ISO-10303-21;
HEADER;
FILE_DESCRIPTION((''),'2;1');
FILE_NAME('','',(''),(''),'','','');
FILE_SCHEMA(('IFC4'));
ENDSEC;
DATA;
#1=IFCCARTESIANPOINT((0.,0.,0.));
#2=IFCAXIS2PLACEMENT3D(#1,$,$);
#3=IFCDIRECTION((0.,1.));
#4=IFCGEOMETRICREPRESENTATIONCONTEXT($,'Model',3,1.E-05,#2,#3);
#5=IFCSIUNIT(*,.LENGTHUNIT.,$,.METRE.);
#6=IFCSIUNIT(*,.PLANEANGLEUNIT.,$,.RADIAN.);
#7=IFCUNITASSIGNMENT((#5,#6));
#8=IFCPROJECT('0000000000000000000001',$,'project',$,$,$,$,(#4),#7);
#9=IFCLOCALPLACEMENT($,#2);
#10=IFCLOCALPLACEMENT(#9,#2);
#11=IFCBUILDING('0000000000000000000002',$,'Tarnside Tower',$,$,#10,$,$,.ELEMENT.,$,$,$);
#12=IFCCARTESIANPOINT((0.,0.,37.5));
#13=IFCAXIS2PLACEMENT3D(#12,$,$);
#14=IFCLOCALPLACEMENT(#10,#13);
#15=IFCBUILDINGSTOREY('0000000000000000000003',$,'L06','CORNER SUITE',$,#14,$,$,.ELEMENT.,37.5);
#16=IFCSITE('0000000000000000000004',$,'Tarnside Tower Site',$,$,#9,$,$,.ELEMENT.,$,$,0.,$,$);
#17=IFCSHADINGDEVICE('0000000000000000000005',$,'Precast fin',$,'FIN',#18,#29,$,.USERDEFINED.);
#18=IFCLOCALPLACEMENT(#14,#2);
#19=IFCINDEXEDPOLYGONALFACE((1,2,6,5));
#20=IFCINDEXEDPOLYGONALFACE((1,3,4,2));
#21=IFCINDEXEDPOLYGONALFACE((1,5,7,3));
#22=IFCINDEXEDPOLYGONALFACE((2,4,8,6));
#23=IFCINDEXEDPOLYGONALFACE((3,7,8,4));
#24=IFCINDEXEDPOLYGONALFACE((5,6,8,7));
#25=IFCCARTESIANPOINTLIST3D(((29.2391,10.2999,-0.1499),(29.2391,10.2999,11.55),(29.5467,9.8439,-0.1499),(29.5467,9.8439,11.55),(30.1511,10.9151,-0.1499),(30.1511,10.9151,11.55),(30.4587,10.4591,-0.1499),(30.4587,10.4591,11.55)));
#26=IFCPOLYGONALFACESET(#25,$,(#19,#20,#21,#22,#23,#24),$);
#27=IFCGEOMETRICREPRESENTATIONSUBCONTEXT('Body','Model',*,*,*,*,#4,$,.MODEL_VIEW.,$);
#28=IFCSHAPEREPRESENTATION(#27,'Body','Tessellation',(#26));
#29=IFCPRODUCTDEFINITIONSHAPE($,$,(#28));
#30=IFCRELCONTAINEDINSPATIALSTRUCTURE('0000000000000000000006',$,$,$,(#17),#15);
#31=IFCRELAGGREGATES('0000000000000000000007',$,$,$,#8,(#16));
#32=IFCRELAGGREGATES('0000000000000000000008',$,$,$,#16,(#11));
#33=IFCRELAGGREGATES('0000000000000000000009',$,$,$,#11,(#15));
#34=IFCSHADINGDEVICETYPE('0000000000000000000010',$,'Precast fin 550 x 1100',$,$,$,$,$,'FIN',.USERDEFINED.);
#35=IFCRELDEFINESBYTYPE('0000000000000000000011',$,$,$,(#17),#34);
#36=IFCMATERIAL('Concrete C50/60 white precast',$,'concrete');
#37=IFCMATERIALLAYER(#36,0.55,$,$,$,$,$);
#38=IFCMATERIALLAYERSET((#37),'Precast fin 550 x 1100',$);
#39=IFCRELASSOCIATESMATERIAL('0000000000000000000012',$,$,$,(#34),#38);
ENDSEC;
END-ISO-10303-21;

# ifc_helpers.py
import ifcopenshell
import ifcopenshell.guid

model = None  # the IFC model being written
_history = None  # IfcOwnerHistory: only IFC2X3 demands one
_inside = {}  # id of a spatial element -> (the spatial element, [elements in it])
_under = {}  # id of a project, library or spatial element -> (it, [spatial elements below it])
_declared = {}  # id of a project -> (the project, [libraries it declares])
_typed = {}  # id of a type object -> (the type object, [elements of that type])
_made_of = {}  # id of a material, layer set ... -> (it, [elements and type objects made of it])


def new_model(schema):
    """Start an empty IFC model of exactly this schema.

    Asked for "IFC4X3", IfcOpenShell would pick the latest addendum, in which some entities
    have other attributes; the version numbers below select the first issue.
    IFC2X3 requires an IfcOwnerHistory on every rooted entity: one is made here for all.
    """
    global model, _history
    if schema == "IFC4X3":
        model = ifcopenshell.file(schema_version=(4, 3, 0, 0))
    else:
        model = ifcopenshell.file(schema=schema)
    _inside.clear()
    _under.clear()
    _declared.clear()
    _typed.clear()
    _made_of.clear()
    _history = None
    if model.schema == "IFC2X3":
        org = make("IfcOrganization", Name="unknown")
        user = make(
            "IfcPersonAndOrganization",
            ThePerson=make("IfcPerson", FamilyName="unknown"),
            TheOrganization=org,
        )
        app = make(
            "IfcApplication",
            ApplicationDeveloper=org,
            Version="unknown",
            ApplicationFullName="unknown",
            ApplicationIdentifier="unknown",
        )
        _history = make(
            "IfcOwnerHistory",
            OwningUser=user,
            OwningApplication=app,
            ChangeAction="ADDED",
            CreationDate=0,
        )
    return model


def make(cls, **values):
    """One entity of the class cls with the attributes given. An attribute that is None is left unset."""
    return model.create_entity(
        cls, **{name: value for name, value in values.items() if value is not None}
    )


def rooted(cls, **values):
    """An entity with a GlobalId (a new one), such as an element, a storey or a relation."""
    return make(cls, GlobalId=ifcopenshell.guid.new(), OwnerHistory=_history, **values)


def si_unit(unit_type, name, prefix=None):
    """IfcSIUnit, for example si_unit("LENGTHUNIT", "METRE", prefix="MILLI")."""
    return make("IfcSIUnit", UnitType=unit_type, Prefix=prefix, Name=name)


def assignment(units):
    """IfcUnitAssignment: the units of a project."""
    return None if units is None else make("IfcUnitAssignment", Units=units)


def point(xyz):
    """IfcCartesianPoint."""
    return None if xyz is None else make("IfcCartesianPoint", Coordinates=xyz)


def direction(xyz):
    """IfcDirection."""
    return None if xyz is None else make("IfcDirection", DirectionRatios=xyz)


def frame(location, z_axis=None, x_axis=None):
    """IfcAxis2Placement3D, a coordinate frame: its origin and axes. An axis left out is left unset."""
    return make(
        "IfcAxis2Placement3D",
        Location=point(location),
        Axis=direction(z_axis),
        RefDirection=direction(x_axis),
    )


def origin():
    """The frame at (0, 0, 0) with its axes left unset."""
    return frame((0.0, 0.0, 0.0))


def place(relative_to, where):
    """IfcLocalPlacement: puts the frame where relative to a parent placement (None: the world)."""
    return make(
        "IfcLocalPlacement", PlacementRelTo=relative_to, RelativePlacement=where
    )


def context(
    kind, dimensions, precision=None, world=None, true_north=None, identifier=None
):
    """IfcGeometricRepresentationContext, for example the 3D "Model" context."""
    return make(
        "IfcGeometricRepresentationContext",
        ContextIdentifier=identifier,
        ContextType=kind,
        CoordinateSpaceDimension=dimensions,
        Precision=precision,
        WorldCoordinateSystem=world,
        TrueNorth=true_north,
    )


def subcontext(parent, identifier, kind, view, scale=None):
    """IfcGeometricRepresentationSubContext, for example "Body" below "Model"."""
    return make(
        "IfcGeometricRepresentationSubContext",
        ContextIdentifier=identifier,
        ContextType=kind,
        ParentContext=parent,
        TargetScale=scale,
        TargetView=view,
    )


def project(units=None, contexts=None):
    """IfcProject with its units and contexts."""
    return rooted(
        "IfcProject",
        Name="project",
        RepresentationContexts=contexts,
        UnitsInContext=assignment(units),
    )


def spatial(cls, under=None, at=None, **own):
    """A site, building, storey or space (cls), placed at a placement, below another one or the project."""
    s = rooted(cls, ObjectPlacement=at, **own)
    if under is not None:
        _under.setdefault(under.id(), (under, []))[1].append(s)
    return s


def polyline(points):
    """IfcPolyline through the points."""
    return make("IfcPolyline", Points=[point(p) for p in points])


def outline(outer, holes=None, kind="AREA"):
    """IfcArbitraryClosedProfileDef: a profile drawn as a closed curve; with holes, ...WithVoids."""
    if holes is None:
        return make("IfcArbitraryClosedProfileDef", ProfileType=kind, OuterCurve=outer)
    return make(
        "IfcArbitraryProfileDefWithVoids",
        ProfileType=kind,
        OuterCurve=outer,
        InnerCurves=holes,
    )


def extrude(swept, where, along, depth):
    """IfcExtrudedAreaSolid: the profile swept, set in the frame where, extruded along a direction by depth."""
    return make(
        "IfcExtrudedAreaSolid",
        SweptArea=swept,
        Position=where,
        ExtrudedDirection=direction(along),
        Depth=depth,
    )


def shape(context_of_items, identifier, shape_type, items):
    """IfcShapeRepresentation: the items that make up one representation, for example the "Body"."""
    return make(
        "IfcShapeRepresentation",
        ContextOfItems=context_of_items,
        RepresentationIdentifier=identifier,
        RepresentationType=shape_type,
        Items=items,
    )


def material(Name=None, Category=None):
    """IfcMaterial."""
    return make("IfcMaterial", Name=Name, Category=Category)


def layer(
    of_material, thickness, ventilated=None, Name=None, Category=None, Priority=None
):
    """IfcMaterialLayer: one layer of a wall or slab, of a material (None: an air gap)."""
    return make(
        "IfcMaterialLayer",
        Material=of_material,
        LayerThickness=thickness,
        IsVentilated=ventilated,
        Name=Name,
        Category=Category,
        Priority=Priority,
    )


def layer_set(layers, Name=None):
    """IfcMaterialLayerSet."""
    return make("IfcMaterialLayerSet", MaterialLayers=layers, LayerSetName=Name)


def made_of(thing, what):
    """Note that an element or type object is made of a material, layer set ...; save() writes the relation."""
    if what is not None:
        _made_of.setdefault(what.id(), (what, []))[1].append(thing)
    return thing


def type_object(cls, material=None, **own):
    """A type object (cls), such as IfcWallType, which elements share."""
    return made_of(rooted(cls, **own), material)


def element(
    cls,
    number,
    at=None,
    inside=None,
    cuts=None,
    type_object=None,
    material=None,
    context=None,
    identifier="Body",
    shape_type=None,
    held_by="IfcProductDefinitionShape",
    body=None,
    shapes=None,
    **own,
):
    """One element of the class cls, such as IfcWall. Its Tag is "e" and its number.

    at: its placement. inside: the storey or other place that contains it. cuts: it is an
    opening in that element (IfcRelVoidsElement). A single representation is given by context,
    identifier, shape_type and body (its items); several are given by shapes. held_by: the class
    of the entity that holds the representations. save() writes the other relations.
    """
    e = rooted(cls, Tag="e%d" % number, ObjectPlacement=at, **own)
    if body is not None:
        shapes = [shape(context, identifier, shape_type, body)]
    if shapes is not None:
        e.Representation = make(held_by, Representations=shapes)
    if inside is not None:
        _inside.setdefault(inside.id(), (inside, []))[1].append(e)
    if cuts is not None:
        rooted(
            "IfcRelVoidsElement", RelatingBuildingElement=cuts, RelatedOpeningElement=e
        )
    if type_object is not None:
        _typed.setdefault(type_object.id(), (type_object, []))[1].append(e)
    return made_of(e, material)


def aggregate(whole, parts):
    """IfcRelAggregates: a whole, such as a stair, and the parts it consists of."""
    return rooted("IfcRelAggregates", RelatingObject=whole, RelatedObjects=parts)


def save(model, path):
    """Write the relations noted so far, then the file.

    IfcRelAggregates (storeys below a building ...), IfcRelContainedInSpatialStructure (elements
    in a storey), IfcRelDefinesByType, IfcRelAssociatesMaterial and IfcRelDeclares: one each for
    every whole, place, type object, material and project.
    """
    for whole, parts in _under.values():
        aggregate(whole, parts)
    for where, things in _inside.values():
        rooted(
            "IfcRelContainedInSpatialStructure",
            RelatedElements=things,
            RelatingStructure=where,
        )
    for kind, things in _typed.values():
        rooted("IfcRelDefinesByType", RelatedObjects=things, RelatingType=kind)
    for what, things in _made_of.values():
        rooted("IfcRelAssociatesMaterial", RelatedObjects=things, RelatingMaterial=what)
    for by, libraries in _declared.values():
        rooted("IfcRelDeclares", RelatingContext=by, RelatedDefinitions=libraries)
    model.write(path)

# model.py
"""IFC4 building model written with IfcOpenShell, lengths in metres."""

from ifc_helpers import new_model, si_unit, direction, frame, origin, place, context, subcontext, project, spatial, polyline, outline, extrude, material, layer, layer_set, type_object, element, save


model = new_model("IFC4")

# Units and contexts
model_context = context("Model", 3, precision=1e-05, world=origin(), true_north=direction((0.0, 1.0)))
body_context = subcontext(model_context, "Body", "Model", "MODEL_VIEW")
ifc_project = project(units=[si_unit("LENGTHUNIT", "METRE"), si_unit("PLANEANGLEUNIT", "RADIAN")], contexts=[model_context])

# Site, building, storey
site_placement = place(None, origin())
site = spatial("IfcSite", under=ifc_project, at=site_placement, Name="Tarnside Tower Site", CompositionType="ELEMENT", RefElevation=0.0)
building_placement = place(site_placement, origin())
building = spatial("IfcBuilding", under=site, at=building_placement, Name="Tarnside Tower", CompositionType="ELEMENT")
storey_placement = place(building_placement, frame((0.0, 0.0, 37.5)))
storey = spatial("IfcBuildingStorey", under=building, at=storey_placement, Name="L06", Description="CORNER SUITE", CompositionType="ELEMENT", Elevation=37.5)

# Shading device
ifc_material_1 = material(Name="Concrete C50/60 white precast", Category="concrete")
ifc_layer_1 = layer(ifc_material_1, 0.55)
ifc_layer_set_1 = layer_set([ifc_layer_1], Name="Precast fin 550 x 1100")
shading_device_type = type_object("IfcShadingDeviceType", Name="Precast fin 550 x 1100", ElementType="FIN", PredefinedType="USERDEFINED", material=ifc_layer_set_1)
for number, where, z_axis, x_axis, name in (
    (1, (29.3928, 10.072, -0.1499), (0.559193, -0.829038, 0.0), (0.829038, 0.559193, 0.0), "Precast fin"),
):
    element("IfcShadingDevice", number, at=place(storey_placement, frame(where, z_axis=z_axis, x_axis=x_axis)), inside=storey, type_object=shading_device_type, Name=name, ObjectType="FIN", PredefinedType="USERDEFINED", context=body_context, shape_type="SweptSolid", body=[
        extrude(outline(polyline([(0.0, 0.0), (1.1001, 0.0), (1.1001, 11.7), (0.0, 11.7), (0.0, 0.0)])), frame((0.0, 0.0, -0.2749)), (0.0, 0.0, 1.0), 0.55),
    ])

save(model, "model.ifc")
